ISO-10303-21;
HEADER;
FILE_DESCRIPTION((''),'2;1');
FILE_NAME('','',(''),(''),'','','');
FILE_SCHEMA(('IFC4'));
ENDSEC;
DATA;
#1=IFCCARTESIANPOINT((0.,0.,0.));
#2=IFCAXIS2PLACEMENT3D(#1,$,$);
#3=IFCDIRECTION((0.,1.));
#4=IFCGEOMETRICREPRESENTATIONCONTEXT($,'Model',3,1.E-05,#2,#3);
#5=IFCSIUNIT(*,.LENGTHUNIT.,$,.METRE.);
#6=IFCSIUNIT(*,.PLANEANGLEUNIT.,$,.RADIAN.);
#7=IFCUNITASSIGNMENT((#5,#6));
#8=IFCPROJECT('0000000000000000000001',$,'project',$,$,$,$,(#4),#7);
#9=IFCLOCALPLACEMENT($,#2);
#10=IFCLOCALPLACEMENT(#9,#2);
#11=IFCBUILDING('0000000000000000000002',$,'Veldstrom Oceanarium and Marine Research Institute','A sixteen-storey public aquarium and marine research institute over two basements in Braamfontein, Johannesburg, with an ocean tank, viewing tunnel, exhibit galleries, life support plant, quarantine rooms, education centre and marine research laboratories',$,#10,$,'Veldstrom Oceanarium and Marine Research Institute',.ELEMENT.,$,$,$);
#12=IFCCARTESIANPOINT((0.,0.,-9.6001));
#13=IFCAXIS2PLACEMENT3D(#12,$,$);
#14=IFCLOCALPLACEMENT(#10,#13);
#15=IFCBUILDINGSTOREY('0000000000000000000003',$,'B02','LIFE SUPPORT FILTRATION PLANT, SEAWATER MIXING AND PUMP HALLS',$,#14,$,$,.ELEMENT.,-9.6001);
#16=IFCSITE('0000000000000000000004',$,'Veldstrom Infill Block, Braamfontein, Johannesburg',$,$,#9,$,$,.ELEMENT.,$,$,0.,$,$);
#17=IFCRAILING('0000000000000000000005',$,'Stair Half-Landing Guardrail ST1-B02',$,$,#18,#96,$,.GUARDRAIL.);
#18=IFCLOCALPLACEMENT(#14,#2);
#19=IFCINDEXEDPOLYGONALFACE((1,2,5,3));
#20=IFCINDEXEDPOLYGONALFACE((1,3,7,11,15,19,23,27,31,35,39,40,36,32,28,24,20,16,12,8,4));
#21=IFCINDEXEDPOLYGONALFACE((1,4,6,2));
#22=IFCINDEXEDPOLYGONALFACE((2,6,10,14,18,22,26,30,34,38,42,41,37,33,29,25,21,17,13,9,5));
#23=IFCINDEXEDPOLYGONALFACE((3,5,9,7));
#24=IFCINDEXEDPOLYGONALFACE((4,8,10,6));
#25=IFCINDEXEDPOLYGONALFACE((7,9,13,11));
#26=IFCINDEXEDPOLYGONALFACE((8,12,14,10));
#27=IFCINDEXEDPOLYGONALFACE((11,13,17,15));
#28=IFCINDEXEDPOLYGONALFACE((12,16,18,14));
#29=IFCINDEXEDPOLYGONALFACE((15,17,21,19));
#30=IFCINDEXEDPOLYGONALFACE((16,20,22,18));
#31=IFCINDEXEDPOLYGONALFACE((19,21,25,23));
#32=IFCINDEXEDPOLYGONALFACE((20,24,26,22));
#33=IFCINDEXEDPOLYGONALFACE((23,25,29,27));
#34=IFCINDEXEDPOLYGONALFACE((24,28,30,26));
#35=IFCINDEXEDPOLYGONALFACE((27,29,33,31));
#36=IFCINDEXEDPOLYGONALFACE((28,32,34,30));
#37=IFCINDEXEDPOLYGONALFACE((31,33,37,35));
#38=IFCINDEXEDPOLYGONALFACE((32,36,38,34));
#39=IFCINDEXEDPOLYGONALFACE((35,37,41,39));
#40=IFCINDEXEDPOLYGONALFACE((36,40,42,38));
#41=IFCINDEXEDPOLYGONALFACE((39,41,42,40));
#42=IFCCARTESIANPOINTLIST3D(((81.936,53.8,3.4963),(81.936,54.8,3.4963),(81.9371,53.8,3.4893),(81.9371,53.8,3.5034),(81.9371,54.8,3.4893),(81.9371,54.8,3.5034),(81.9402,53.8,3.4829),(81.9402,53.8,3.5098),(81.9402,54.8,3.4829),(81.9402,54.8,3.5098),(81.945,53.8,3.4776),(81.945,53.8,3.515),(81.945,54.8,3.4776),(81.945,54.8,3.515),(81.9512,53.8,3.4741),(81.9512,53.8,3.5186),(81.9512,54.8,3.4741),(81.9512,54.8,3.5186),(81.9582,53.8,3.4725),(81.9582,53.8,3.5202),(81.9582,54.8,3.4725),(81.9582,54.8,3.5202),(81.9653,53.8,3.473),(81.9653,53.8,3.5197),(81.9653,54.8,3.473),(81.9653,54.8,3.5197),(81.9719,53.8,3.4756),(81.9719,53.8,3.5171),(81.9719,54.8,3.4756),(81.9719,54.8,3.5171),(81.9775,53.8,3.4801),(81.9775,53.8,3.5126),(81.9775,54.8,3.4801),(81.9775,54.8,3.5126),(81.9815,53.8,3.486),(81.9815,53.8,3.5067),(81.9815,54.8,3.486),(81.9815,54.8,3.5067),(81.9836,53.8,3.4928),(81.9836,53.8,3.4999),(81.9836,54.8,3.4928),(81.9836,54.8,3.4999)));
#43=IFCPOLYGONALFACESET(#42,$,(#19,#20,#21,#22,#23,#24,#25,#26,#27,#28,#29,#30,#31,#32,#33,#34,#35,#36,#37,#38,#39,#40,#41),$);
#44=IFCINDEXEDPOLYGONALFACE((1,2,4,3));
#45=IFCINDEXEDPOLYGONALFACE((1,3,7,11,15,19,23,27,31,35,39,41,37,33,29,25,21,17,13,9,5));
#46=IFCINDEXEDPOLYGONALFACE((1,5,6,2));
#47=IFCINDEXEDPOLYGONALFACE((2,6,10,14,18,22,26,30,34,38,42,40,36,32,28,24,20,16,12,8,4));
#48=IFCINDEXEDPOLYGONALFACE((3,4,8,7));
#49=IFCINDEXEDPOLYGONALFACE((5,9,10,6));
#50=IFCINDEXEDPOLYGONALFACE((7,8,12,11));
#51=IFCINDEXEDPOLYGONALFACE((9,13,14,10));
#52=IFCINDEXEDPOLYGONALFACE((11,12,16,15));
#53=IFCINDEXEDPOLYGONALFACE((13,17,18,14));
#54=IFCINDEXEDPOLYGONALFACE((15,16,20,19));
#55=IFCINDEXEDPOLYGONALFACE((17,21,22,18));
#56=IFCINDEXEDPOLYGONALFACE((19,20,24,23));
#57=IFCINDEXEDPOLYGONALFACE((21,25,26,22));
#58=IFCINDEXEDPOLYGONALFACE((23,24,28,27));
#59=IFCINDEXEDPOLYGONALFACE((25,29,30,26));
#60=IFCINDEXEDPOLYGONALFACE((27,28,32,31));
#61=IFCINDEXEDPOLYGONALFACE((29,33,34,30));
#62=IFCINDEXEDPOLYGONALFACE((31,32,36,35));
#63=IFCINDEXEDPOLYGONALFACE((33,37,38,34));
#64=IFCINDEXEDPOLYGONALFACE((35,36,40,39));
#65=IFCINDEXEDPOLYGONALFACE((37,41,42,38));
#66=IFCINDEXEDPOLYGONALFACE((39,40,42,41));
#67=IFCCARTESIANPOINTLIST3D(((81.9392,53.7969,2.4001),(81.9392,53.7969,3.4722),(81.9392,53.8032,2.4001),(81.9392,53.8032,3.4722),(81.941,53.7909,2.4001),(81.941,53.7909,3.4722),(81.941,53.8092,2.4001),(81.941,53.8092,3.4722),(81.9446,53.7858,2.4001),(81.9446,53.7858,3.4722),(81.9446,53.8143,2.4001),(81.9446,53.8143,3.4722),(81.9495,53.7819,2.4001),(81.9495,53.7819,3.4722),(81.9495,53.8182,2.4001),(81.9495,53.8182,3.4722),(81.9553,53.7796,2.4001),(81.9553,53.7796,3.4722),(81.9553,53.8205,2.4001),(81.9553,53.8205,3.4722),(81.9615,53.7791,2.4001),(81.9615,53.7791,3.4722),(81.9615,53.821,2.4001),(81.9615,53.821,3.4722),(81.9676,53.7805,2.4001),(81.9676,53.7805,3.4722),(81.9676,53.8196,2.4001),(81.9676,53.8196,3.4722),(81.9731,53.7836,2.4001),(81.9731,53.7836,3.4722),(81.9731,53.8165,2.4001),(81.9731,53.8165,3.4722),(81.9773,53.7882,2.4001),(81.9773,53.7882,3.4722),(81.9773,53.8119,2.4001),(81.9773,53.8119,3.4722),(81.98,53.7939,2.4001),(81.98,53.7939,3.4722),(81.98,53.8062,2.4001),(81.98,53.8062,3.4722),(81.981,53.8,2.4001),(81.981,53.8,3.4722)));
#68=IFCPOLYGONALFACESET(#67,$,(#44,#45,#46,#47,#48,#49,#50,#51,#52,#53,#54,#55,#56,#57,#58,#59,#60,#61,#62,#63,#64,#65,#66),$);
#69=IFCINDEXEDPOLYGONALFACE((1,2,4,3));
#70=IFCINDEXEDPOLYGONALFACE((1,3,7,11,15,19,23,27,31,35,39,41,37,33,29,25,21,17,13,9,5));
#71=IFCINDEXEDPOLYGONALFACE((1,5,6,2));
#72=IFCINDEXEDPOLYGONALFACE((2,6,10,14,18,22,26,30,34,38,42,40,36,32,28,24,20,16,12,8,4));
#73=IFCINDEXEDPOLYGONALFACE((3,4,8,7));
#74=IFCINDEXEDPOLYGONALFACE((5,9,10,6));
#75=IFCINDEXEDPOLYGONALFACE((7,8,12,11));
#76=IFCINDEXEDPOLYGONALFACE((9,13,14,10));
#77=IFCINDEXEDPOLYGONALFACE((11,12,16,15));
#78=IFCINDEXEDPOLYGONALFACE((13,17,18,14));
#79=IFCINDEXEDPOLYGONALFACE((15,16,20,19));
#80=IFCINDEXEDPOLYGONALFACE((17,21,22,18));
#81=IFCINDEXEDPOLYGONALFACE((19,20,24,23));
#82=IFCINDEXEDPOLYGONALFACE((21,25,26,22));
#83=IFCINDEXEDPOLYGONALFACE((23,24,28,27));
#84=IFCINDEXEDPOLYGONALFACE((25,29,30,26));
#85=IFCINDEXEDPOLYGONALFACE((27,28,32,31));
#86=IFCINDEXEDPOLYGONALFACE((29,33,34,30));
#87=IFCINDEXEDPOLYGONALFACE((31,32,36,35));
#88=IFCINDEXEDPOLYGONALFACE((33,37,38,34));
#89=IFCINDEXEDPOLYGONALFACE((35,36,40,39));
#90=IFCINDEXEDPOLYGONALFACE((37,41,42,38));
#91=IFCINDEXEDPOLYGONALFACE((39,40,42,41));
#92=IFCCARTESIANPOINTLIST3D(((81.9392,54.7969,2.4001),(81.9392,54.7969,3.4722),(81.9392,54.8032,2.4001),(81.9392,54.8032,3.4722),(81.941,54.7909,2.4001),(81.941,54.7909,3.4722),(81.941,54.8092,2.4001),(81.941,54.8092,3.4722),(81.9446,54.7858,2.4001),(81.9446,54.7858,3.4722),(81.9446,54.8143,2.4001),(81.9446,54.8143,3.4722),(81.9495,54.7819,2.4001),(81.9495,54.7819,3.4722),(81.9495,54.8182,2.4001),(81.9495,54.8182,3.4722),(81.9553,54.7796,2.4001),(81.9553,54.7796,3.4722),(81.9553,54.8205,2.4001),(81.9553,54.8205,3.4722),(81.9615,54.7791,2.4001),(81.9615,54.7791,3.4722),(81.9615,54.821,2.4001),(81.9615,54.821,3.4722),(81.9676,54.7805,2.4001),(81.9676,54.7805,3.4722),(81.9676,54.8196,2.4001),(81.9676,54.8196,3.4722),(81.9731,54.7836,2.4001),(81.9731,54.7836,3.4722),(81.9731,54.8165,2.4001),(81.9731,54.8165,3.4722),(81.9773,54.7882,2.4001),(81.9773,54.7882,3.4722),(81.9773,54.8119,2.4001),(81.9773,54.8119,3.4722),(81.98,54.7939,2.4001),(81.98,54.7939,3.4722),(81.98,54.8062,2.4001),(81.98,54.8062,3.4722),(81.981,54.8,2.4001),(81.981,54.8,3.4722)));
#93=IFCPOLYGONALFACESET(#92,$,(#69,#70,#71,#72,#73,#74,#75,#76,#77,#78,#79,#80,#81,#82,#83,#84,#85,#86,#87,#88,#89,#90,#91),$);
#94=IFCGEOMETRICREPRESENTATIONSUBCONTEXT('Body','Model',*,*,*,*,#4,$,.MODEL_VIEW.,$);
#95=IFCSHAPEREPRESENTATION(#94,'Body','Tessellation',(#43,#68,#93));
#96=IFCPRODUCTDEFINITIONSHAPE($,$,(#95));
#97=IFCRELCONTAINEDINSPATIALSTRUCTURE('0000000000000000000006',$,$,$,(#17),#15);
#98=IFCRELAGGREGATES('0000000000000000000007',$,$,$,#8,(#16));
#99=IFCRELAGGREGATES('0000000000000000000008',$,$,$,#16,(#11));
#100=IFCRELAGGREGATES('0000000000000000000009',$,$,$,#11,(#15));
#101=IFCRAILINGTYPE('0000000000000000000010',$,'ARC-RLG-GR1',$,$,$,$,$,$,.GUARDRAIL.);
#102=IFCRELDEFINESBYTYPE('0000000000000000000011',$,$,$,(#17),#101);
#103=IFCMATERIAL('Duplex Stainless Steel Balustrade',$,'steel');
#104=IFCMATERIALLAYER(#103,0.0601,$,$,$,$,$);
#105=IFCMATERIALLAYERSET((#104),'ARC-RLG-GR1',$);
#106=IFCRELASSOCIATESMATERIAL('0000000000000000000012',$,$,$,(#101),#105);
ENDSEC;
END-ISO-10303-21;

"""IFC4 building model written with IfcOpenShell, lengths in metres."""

from ifc_helpers import new_model, si_unit, direction, frame, origin, origin_2d, place, context, subcontext, project, spatial, circle, extrude, material, layer, layer_set, type_object, element, save


model = new_model("IFC4")

# Units and contexts
model_context = context("Model", 3, precision=1e-05, world=origin(), true_north=direction((0.0, 1.0)))
body_context = subcontext(model_context, "Body", "Model", "MODEL_VIEW")
ifc_project = project(units=[si_unit("LENGTHUNIT", "METRE"), si_unit("PLANEANGLEUNIT", "RADIAN")], contexts=[model_context])

# Site, building, storey
site_placement = place(None, origin())
site = spatial("IfcSite", under=ifc_project, at=site_placement, Name="Veldstrom Infill Block, Braamfontein, Johannesburg", CompositionType="ELEMENT", RefElevation=0.0)
building_placement = place(site_placement, origin())
building = spatial("IfcBuilding", under=site, at=building_placement, Name="Veldstrom Oceanarium and Marine Research Institute", Description="A sixteen-storey public aquarium and marine research institute over two basements in Braamfontein, Johannesburg, with an ocean tank, viewing tunnel, exhibit galleries, life support plant, quarantine rooms, education centre and marine research laboratories", LongName="Veldstrom Oceanarium and Marine Research Institute", CompositionType="ELEMENT")
storey_placement = place(building_placement, frame((0.0, 0.0, -9.6001)))
storey = spatial("IfcBuildingStorey", under=building, at=storey_placement, Name="B02", Description="LIFE SUPPORT FILTRATION PLANT, SEAWATER MIXING AND PUMP HALLS", CompositionType="ELEMENT", Elevation=-9.6001)

# Railing
ifc_material_1 = material(Name="Duplex Stainless Steel Balustrade", Category="steel")
ifc_layer_1 = layer(ifc_material_1, 0.0601)
ifc_layer_set_1 = layer_set([ifc_layer_1], Name="ARC-RLG-GR1")
railing_type_1 = type_object("IfcRailingType", Name="ARC-RLG-GR1", PredefinedType="GUARDRAIL", material=ifc_layer_set_1)
railing_1_placement = place(storey_placement, frame((81.96, 53.8, 2.4001)))
element("IfcRailing", 1, at=railing_1_placement, inside=storey, type_object=railing_type_1, Name="Stair Half-Landing Guardrail ST1-B02", PredefinedType="GUARDRAIL", context=body_context, shape_type="SweptSolid", body=[
    extrude(circle(Radius=0.0239, at=origin_2d()), frame((0.0, 0.0, 1.0962), z_axis=(0.0, 1.0, 0.0), x_axis=(-1.0, 0.0, 0.0)), (0.0, 0.0, 1.0), 1.0),
    extrude(circle(Radius=0.021, at=origin_2d()), origin(), (0.0, 0.0, 1.0), 1.072),
    extrude(circle(Radius=0.021, at=origin_2d()), frame((0.0, 1.0, 0.0)), (0.0, 0.0, 1.0), 1.072),
])

save(model, "model.ifc")
